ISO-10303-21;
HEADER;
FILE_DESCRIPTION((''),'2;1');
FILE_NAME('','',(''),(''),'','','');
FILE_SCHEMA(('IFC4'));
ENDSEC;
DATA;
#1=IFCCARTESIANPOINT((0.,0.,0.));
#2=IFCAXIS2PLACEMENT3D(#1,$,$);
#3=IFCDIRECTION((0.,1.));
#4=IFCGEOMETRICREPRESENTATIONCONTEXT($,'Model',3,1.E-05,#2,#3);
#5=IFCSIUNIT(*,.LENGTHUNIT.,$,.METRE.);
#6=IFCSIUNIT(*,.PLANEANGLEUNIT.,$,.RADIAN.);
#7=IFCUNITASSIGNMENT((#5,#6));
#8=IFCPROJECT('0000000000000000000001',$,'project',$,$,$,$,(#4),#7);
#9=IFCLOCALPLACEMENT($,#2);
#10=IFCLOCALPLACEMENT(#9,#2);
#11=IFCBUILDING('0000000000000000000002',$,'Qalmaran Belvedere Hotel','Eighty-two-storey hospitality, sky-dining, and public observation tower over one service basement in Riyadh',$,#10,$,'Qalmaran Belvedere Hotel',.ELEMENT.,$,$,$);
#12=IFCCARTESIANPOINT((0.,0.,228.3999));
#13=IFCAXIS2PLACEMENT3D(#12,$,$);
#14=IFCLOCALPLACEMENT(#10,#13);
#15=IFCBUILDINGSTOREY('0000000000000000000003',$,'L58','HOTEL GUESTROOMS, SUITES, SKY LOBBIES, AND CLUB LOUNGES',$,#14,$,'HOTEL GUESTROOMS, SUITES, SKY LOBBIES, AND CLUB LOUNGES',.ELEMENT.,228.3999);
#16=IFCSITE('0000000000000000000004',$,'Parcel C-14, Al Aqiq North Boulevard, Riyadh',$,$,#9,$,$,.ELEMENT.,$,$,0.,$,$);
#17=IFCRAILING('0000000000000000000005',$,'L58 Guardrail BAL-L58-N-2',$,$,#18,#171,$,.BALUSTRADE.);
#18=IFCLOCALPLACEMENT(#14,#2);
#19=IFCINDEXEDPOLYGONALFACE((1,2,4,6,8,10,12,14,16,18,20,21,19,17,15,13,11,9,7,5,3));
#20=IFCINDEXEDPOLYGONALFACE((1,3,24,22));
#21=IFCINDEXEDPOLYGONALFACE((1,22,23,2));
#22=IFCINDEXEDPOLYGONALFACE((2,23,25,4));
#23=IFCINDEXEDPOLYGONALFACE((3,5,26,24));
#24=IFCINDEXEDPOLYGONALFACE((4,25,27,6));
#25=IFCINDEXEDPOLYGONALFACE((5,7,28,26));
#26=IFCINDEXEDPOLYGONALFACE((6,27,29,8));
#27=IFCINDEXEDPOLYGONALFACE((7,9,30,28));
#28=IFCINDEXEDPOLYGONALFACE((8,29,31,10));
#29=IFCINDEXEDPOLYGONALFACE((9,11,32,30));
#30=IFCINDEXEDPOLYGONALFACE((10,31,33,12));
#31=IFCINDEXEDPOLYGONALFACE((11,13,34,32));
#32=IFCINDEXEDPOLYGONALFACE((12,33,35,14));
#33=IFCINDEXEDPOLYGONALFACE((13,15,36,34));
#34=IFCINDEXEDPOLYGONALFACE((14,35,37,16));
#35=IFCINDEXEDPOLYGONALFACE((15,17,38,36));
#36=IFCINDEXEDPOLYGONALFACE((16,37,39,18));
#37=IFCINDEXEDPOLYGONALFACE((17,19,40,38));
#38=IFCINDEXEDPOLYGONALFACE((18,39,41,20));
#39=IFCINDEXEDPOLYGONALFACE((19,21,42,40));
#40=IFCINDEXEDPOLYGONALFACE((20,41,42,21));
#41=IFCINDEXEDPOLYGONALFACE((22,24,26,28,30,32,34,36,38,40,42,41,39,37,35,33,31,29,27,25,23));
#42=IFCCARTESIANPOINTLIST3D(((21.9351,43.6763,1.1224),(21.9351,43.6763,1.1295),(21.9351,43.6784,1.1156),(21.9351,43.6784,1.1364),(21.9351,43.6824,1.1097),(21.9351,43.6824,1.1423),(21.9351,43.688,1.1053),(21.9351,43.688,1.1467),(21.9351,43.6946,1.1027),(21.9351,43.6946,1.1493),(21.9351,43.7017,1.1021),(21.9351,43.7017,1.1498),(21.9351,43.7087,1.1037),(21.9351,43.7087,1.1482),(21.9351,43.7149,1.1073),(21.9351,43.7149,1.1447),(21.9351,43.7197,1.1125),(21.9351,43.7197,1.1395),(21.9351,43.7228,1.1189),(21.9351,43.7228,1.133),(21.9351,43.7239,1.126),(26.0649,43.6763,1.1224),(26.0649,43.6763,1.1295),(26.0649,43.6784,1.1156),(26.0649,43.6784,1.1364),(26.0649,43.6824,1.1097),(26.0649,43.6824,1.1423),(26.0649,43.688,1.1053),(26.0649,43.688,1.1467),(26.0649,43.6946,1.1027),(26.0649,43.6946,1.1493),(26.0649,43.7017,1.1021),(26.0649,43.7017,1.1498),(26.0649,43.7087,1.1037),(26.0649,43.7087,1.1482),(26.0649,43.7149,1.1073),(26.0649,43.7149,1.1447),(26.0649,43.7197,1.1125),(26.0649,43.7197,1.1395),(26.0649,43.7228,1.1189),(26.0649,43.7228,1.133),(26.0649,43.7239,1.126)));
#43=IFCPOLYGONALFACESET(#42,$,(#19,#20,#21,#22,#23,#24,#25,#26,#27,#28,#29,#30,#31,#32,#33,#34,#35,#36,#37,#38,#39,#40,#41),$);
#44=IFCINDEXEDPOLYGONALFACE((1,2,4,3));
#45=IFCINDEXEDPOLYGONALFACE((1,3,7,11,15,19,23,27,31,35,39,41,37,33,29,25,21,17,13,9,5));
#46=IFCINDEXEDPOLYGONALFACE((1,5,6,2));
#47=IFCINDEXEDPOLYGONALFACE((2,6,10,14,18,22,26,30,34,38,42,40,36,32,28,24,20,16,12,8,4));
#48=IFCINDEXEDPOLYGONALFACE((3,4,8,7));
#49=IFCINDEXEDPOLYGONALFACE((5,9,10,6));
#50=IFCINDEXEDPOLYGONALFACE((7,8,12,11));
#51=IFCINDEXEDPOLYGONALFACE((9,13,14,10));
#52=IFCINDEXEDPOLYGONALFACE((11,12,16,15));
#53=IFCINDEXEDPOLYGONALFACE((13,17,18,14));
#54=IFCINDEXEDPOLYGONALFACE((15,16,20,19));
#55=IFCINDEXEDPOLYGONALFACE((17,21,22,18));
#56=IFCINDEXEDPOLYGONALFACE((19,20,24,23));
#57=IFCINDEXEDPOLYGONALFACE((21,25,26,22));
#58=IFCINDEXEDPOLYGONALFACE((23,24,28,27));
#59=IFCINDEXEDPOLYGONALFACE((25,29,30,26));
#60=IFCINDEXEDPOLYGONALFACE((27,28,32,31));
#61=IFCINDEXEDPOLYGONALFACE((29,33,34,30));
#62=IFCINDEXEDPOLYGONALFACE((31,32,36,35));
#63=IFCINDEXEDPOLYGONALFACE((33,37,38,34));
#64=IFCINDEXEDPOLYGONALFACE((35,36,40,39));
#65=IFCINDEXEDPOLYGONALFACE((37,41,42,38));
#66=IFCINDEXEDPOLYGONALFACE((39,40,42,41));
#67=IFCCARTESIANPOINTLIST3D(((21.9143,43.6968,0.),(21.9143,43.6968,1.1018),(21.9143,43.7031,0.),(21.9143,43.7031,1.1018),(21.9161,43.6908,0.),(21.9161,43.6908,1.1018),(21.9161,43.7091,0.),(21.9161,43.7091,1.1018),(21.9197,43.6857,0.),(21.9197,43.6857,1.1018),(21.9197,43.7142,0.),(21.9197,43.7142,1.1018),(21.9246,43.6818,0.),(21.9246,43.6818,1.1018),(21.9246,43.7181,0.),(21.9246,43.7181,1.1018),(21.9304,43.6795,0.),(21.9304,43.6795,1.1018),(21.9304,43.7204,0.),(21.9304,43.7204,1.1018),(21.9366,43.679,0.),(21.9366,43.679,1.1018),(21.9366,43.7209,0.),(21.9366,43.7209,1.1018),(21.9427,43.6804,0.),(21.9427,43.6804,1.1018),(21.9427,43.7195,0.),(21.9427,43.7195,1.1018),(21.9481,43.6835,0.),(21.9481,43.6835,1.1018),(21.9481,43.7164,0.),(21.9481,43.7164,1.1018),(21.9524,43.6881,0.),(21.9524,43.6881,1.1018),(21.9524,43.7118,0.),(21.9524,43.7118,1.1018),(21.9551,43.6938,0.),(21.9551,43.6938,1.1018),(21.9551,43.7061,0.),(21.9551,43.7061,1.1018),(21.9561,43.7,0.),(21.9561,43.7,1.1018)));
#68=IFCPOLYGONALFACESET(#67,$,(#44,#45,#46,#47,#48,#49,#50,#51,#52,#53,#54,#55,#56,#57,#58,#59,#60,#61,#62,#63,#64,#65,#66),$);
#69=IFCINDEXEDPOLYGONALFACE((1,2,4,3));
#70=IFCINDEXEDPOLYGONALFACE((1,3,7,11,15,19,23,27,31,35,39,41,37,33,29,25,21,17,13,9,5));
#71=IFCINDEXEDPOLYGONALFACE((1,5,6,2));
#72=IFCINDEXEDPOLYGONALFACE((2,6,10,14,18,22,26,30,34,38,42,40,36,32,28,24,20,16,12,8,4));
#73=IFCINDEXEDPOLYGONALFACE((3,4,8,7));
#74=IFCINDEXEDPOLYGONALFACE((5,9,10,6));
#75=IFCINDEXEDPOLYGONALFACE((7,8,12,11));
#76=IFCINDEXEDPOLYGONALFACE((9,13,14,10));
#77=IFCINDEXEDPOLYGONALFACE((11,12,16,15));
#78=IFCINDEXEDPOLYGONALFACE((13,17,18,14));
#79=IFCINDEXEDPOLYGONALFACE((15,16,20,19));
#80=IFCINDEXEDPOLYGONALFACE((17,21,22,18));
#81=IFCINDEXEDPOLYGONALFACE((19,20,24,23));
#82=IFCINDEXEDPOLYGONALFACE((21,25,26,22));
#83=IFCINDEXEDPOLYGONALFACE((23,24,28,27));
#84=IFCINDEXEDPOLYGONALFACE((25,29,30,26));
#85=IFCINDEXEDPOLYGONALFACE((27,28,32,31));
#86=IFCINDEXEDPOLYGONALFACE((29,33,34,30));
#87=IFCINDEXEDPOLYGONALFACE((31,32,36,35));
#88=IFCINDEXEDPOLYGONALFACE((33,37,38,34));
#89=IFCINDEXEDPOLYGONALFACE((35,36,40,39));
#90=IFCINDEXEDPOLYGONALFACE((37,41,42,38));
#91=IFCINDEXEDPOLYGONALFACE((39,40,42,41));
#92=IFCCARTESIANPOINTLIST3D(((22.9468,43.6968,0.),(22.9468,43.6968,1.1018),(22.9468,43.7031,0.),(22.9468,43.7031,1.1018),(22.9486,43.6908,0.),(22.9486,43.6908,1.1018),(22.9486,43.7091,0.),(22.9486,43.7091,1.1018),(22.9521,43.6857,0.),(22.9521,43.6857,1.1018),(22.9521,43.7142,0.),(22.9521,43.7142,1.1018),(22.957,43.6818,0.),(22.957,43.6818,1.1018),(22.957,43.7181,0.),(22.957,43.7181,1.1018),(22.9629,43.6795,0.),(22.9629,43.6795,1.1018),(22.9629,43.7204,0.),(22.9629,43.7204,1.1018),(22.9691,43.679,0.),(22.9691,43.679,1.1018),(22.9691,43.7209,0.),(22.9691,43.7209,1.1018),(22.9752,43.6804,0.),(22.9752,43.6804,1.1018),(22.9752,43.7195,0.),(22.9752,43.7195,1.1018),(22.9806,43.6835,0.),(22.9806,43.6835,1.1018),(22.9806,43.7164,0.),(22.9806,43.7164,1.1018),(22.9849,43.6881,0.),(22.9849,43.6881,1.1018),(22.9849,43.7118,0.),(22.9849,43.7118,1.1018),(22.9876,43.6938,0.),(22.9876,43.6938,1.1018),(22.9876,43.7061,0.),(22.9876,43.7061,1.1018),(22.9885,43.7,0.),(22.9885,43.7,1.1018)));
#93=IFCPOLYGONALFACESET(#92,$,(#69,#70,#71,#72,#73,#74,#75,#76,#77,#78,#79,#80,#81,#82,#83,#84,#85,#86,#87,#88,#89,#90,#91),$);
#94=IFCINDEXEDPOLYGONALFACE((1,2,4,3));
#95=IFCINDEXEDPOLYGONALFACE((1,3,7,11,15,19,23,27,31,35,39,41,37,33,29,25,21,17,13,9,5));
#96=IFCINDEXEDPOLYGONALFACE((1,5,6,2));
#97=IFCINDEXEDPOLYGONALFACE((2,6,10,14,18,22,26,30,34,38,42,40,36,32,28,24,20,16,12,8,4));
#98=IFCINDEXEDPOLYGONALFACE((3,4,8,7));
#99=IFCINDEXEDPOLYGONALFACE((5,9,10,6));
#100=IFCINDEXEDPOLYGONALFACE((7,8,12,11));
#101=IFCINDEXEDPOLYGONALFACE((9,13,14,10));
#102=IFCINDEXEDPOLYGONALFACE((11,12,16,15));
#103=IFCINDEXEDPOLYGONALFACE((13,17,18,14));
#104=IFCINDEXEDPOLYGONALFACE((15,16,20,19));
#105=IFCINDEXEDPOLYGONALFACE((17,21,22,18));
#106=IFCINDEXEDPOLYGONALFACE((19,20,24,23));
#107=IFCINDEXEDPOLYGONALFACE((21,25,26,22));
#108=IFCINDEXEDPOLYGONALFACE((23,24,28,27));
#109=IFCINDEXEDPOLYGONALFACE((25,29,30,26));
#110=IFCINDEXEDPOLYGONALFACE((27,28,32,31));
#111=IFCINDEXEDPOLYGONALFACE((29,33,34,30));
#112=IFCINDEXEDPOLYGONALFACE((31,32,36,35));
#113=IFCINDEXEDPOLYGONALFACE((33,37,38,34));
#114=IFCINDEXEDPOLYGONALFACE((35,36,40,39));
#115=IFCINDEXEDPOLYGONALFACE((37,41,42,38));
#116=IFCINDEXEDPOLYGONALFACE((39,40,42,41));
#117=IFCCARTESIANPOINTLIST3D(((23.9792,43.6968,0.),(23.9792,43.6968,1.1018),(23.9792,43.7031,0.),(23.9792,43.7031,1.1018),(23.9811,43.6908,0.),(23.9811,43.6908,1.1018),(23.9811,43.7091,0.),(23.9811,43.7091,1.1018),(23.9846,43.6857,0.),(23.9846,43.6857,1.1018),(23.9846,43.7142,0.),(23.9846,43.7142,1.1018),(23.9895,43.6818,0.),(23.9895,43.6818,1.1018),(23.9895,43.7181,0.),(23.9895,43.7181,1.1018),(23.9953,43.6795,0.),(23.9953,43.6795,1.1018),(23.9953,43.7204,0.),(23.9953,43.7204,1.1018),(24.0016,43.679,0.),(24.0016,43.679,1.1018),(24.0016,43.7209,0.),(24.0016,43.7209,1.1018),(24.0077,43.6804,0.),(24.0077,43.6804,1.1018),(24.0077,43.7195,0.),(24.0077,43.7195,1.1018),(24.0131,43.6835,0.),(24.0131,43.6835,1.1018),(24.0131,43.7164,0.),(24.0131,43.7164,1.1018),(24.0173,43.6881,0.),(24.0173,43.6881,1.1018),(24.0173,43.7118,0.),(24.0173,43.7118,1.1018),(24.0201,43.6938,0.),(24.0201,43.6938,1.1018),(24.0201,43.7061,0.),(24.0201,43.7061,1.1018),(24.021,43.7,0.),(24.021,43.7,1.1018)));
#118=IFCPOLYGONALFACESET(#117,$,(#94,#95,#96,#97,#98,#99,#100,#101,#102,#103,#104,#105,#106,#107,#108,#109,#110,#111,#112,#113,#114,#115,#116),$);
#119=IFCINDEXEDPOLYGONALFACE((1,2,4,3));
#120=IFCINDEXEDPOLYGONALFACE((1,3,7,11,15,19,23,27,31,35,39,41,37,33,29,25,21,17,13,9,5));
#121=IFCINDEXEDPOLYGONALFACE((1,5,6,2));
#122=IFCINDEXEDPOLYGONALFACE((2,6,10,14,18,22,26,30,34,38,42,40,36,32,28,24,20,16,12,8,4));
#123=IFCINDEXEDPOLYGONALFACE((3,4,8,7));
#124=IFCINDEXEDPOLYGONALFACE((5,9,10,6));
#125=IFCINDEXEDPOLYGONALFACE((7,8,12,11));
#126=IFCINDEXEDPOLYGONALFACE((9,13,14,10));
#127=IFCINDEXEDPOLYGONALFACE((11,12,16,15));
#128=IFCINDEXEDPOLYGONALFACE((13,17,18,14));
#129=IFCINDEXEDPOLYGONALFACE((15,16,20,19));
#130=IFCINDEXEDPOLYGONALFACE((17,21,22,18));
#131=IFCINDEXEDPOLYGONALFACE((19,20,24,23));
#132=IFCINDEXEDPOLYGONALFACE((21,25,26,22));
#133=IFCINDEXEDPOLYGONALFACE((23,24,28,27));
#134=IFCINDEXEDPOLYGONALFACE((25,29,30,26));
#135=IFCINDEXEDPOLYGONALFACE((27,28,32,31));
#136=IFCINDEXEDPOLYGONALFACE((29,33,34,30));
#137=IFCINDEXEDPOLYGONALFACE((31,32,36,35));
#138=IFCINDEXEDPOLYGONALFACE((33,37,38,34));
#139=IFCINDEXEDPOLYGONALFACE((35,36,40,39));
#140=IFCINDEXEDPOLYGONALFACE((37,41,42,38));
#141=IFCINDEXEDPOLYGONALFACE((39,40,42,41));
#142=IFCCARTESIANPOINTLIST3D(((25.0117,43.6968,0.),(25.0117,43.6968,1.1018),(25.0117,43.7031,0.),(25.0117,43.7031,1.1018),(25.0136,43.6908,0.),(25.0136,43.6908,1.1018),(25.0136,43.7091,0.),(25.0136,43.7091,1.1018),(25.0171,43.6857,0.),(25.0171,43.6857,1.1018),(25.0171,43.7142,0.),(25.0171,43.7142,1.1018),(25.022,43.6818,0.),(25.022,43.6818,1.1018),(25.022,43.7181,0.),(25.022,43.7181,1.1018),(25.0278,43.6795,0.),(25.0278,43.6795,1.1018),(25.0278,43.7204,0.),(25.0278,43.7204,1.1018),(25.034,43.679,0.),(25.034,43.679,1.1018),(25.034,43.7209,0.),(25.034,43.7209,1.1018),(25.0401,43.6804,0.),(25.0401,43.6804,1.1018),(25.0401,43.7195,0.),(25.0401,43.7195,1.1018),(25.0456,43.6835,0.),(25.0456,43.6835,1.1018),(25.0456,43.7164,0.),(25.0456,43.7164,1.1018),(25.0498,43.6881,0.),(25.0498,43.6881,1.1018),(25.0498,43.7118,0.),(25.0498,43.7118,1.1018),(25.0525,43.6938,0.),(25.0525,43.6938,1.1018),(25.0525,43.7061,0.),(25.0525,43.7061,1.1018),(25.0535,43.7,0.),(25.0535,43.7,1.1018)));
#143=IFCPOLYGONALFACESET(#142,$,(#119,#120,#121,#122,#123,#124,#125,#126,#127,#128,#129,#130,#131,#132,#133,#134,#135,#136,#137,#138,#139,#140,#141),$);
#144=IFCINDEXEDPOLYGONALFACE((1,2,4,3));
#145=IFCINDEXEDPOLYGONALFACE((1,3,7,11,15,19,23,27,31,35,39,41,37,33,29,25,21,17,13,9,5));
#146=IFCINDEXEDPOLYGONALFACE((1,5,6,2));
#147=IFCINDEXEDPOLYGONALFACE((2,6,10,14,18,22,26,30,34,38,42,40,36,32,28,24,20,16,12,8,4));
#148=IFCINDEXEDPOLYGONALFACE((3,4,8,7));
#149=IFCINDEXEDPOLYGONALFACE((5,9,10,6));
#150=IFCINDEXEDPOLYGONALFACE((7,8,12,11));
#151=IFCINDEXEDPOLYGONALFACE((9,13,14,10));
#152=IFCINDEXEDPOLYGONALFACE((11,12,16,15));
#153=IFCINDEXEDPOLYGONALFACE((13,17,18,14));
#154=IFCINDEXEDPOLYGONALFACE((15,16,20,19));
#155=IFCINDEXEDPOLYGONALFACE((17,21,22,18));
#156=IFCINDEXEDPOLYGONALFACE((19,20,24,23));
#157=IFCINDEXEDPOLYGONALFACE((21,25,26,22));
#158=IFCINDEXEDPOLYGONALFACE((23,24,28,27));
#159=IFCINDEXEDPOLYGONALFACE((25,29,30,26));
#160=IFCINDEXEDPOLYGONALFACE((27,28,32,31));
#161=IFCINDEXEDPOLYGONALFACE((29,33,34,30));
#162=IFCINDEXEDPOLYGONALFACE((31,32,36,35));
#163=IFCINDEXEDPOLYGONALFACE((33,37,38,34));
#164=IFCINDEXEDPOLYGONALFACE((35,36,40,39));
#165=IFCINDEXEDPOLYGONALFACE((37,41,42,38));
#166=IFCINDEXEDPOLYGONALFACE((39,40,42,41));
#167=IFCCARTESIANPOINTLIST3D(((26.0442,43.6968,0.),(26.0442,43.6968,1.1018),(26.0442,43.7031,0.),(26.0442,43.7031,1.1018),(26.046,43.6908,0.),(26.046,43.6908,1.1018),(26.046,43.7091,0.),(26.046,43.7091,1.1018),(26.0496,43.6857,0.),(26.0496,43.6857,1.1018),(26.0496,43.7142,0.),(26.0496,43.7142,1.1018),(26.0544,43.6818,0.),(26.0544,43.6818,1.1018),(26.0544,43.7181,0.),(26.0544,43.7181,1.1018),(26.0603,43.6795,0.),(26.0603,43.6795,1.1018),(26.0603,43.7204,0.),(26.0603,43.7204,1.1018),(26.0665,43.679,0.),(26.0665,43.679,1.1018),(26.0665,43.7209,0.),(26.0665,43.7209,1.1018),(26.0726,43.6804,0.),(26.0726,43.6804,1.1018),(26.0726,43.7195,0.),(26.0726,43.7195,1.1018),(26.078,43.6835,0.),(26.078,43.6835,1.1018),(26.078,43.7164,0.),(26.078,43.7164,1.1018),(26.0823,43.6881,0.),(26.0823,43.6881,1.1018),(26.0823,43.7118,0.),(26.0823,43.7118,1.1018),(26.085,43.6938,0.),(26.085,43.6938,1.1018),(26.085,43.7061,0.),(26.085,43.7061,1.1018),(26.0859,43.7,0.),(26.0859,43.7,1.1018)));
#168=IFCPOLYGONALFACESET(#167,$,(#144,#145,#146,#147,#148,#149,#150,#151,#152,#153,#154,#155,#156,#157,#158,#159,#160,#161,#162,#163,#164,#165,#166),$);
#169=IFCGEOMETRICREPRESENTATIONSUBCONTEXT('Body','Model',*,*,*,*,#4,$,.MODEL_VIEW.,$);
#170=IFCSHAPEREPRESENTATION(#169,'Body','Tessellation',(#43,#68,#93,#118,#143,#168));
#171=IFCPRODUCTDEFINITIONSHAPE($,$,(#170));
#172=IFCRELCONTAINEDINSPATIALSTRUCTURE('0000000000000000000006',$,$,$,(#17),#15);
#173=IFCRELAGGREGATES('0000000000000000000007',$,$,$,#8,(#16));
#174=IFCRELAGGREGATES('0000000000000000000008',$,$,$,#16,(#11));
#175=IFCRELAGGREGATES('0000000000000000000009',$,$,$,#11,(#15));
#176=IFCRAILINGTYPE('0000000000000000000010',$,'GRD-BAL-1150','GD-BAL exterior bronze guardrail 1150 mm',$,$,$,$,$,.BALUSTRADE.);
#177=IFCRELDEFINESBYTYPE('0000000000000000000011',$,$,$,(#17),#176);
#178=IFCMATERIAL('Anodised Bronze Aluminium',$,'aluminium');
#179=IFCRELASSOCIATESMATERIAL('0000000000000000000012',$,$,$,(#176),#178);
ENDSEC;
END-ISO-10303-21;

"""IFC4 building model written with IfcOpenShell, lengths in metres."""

from ifc_helpers import new_model, si_unit, direction, frame, origin, origin_2d, place, context, subcontext, project, spatial, circle, extrude, material, type_object, element, save


model = new_model("IFC4")

# Units and contexts
model_context = context("Model", 3, precision=1e-05, world=origin(), true_north=direction((0.0, 1.0)))
body_context = subcontext(model_context, "Body", "Model", "MODEL_VIEW")
ifc_project = project(units=[si_unit("LENGTHUNIT", "METRE"), si_unit("PLANEANGLEUNIT", "RADIAN")], contexts=[model_context])

# Site, building, storey
site_placement = place(None, origin())
site = spatial("IfcSite", under=ifc_project, at=site_placement, Name="Parcel C-14, Al Aqiq North Boulevard, Riyadh", CompositionType="ELEMENT", RefElevation=0.0)
building_placement = place(site_placement, origin())
building = spatial("IfcBuilding", under=site, at=building_placement, Name="Qalmaran Belvedere Hotel", Description="Eighty-two-storey hospitality, sky-dining, and public observation tower over one service basement in Riyadh", LongName="Qalmaran Belvedere Hotel", CompositionType="ELEMENT")
storey_placement = place(building_placement, frame((0.0, 0.0, 228.3999)))
storey = spatial("IfcBuildingStorey", under=building, at=storey_placement, Name="L58", Description="HOTEL GUESTROOMS, SUITES, SKY LOBBIES, AND CLUB LOUNGES", LongName="HOTEL GUESTROOMS, SUITES, SKY LOBBIES, AND CLUB LOUNGES", CompositionType="ELEMENT", Elevation=228.3999)

# Shared definitions
ifc_material_1 = material(Name="Anodised Bronze Aluminium", Category="aluminium")

# Railing
railing_type = type_object("IfcRailingType", Name="GRD-BAL-1150", Description="GD-BAL exterior bronze guardrail 1150 mm", PredefinedType="BALUSTRADE", material=ifc_material_1)
railing_1_placement = place(storey_placement, frame((21.9351, 43.7, 0.0)))
element("IfcRailing", 1, at=railing_1_placement, inside=storey, type_object=railing_type, Name="L58 Guardrail BAL-L58-N-2", PredefinedType="BALUSTRADE", context=body_context, shape_type="SweptSolid", body=[
    extrude(circle(Radius=0.0239, at=origin_2d()), frame((0.0, 0.0, 1.126), z_axis=(1.0, 0.0, 0.0), x_axis=(0.0, 1.0, 0.0)), (0.0, 0.0, 1.0), 4.1299),
    extrude(circle(Radius=0.021, at=origin_2d()), origin(), (0.0, 0.0, 1.0), 1.1018),
    extrude(circle(Radius=0.021, at=origin_2d()), frame((1.0325, 0.0, 0.0)), (0.0, 0.0, 1.0), 1.1018),
    extrude(circle(Radius=0.021, at=origin_2d()), frame((2.0649, 0.0, 0.0)), (0.0, 0.0, 1.0), 1.1018),
    extrude(circle(Radius=0.021, at=origin_2d()), frame((3.0974, 0.0, 0.0)), (0.0, 0.0, 1.0), 1.1018),
    extrude(circle(Radius=0.021, at=origin_2d()), frame((4.1299, 0.0, 0.0)), (0.0, 0.0, 1.0), 1.1018),
])

save(model, "model.ifc")
